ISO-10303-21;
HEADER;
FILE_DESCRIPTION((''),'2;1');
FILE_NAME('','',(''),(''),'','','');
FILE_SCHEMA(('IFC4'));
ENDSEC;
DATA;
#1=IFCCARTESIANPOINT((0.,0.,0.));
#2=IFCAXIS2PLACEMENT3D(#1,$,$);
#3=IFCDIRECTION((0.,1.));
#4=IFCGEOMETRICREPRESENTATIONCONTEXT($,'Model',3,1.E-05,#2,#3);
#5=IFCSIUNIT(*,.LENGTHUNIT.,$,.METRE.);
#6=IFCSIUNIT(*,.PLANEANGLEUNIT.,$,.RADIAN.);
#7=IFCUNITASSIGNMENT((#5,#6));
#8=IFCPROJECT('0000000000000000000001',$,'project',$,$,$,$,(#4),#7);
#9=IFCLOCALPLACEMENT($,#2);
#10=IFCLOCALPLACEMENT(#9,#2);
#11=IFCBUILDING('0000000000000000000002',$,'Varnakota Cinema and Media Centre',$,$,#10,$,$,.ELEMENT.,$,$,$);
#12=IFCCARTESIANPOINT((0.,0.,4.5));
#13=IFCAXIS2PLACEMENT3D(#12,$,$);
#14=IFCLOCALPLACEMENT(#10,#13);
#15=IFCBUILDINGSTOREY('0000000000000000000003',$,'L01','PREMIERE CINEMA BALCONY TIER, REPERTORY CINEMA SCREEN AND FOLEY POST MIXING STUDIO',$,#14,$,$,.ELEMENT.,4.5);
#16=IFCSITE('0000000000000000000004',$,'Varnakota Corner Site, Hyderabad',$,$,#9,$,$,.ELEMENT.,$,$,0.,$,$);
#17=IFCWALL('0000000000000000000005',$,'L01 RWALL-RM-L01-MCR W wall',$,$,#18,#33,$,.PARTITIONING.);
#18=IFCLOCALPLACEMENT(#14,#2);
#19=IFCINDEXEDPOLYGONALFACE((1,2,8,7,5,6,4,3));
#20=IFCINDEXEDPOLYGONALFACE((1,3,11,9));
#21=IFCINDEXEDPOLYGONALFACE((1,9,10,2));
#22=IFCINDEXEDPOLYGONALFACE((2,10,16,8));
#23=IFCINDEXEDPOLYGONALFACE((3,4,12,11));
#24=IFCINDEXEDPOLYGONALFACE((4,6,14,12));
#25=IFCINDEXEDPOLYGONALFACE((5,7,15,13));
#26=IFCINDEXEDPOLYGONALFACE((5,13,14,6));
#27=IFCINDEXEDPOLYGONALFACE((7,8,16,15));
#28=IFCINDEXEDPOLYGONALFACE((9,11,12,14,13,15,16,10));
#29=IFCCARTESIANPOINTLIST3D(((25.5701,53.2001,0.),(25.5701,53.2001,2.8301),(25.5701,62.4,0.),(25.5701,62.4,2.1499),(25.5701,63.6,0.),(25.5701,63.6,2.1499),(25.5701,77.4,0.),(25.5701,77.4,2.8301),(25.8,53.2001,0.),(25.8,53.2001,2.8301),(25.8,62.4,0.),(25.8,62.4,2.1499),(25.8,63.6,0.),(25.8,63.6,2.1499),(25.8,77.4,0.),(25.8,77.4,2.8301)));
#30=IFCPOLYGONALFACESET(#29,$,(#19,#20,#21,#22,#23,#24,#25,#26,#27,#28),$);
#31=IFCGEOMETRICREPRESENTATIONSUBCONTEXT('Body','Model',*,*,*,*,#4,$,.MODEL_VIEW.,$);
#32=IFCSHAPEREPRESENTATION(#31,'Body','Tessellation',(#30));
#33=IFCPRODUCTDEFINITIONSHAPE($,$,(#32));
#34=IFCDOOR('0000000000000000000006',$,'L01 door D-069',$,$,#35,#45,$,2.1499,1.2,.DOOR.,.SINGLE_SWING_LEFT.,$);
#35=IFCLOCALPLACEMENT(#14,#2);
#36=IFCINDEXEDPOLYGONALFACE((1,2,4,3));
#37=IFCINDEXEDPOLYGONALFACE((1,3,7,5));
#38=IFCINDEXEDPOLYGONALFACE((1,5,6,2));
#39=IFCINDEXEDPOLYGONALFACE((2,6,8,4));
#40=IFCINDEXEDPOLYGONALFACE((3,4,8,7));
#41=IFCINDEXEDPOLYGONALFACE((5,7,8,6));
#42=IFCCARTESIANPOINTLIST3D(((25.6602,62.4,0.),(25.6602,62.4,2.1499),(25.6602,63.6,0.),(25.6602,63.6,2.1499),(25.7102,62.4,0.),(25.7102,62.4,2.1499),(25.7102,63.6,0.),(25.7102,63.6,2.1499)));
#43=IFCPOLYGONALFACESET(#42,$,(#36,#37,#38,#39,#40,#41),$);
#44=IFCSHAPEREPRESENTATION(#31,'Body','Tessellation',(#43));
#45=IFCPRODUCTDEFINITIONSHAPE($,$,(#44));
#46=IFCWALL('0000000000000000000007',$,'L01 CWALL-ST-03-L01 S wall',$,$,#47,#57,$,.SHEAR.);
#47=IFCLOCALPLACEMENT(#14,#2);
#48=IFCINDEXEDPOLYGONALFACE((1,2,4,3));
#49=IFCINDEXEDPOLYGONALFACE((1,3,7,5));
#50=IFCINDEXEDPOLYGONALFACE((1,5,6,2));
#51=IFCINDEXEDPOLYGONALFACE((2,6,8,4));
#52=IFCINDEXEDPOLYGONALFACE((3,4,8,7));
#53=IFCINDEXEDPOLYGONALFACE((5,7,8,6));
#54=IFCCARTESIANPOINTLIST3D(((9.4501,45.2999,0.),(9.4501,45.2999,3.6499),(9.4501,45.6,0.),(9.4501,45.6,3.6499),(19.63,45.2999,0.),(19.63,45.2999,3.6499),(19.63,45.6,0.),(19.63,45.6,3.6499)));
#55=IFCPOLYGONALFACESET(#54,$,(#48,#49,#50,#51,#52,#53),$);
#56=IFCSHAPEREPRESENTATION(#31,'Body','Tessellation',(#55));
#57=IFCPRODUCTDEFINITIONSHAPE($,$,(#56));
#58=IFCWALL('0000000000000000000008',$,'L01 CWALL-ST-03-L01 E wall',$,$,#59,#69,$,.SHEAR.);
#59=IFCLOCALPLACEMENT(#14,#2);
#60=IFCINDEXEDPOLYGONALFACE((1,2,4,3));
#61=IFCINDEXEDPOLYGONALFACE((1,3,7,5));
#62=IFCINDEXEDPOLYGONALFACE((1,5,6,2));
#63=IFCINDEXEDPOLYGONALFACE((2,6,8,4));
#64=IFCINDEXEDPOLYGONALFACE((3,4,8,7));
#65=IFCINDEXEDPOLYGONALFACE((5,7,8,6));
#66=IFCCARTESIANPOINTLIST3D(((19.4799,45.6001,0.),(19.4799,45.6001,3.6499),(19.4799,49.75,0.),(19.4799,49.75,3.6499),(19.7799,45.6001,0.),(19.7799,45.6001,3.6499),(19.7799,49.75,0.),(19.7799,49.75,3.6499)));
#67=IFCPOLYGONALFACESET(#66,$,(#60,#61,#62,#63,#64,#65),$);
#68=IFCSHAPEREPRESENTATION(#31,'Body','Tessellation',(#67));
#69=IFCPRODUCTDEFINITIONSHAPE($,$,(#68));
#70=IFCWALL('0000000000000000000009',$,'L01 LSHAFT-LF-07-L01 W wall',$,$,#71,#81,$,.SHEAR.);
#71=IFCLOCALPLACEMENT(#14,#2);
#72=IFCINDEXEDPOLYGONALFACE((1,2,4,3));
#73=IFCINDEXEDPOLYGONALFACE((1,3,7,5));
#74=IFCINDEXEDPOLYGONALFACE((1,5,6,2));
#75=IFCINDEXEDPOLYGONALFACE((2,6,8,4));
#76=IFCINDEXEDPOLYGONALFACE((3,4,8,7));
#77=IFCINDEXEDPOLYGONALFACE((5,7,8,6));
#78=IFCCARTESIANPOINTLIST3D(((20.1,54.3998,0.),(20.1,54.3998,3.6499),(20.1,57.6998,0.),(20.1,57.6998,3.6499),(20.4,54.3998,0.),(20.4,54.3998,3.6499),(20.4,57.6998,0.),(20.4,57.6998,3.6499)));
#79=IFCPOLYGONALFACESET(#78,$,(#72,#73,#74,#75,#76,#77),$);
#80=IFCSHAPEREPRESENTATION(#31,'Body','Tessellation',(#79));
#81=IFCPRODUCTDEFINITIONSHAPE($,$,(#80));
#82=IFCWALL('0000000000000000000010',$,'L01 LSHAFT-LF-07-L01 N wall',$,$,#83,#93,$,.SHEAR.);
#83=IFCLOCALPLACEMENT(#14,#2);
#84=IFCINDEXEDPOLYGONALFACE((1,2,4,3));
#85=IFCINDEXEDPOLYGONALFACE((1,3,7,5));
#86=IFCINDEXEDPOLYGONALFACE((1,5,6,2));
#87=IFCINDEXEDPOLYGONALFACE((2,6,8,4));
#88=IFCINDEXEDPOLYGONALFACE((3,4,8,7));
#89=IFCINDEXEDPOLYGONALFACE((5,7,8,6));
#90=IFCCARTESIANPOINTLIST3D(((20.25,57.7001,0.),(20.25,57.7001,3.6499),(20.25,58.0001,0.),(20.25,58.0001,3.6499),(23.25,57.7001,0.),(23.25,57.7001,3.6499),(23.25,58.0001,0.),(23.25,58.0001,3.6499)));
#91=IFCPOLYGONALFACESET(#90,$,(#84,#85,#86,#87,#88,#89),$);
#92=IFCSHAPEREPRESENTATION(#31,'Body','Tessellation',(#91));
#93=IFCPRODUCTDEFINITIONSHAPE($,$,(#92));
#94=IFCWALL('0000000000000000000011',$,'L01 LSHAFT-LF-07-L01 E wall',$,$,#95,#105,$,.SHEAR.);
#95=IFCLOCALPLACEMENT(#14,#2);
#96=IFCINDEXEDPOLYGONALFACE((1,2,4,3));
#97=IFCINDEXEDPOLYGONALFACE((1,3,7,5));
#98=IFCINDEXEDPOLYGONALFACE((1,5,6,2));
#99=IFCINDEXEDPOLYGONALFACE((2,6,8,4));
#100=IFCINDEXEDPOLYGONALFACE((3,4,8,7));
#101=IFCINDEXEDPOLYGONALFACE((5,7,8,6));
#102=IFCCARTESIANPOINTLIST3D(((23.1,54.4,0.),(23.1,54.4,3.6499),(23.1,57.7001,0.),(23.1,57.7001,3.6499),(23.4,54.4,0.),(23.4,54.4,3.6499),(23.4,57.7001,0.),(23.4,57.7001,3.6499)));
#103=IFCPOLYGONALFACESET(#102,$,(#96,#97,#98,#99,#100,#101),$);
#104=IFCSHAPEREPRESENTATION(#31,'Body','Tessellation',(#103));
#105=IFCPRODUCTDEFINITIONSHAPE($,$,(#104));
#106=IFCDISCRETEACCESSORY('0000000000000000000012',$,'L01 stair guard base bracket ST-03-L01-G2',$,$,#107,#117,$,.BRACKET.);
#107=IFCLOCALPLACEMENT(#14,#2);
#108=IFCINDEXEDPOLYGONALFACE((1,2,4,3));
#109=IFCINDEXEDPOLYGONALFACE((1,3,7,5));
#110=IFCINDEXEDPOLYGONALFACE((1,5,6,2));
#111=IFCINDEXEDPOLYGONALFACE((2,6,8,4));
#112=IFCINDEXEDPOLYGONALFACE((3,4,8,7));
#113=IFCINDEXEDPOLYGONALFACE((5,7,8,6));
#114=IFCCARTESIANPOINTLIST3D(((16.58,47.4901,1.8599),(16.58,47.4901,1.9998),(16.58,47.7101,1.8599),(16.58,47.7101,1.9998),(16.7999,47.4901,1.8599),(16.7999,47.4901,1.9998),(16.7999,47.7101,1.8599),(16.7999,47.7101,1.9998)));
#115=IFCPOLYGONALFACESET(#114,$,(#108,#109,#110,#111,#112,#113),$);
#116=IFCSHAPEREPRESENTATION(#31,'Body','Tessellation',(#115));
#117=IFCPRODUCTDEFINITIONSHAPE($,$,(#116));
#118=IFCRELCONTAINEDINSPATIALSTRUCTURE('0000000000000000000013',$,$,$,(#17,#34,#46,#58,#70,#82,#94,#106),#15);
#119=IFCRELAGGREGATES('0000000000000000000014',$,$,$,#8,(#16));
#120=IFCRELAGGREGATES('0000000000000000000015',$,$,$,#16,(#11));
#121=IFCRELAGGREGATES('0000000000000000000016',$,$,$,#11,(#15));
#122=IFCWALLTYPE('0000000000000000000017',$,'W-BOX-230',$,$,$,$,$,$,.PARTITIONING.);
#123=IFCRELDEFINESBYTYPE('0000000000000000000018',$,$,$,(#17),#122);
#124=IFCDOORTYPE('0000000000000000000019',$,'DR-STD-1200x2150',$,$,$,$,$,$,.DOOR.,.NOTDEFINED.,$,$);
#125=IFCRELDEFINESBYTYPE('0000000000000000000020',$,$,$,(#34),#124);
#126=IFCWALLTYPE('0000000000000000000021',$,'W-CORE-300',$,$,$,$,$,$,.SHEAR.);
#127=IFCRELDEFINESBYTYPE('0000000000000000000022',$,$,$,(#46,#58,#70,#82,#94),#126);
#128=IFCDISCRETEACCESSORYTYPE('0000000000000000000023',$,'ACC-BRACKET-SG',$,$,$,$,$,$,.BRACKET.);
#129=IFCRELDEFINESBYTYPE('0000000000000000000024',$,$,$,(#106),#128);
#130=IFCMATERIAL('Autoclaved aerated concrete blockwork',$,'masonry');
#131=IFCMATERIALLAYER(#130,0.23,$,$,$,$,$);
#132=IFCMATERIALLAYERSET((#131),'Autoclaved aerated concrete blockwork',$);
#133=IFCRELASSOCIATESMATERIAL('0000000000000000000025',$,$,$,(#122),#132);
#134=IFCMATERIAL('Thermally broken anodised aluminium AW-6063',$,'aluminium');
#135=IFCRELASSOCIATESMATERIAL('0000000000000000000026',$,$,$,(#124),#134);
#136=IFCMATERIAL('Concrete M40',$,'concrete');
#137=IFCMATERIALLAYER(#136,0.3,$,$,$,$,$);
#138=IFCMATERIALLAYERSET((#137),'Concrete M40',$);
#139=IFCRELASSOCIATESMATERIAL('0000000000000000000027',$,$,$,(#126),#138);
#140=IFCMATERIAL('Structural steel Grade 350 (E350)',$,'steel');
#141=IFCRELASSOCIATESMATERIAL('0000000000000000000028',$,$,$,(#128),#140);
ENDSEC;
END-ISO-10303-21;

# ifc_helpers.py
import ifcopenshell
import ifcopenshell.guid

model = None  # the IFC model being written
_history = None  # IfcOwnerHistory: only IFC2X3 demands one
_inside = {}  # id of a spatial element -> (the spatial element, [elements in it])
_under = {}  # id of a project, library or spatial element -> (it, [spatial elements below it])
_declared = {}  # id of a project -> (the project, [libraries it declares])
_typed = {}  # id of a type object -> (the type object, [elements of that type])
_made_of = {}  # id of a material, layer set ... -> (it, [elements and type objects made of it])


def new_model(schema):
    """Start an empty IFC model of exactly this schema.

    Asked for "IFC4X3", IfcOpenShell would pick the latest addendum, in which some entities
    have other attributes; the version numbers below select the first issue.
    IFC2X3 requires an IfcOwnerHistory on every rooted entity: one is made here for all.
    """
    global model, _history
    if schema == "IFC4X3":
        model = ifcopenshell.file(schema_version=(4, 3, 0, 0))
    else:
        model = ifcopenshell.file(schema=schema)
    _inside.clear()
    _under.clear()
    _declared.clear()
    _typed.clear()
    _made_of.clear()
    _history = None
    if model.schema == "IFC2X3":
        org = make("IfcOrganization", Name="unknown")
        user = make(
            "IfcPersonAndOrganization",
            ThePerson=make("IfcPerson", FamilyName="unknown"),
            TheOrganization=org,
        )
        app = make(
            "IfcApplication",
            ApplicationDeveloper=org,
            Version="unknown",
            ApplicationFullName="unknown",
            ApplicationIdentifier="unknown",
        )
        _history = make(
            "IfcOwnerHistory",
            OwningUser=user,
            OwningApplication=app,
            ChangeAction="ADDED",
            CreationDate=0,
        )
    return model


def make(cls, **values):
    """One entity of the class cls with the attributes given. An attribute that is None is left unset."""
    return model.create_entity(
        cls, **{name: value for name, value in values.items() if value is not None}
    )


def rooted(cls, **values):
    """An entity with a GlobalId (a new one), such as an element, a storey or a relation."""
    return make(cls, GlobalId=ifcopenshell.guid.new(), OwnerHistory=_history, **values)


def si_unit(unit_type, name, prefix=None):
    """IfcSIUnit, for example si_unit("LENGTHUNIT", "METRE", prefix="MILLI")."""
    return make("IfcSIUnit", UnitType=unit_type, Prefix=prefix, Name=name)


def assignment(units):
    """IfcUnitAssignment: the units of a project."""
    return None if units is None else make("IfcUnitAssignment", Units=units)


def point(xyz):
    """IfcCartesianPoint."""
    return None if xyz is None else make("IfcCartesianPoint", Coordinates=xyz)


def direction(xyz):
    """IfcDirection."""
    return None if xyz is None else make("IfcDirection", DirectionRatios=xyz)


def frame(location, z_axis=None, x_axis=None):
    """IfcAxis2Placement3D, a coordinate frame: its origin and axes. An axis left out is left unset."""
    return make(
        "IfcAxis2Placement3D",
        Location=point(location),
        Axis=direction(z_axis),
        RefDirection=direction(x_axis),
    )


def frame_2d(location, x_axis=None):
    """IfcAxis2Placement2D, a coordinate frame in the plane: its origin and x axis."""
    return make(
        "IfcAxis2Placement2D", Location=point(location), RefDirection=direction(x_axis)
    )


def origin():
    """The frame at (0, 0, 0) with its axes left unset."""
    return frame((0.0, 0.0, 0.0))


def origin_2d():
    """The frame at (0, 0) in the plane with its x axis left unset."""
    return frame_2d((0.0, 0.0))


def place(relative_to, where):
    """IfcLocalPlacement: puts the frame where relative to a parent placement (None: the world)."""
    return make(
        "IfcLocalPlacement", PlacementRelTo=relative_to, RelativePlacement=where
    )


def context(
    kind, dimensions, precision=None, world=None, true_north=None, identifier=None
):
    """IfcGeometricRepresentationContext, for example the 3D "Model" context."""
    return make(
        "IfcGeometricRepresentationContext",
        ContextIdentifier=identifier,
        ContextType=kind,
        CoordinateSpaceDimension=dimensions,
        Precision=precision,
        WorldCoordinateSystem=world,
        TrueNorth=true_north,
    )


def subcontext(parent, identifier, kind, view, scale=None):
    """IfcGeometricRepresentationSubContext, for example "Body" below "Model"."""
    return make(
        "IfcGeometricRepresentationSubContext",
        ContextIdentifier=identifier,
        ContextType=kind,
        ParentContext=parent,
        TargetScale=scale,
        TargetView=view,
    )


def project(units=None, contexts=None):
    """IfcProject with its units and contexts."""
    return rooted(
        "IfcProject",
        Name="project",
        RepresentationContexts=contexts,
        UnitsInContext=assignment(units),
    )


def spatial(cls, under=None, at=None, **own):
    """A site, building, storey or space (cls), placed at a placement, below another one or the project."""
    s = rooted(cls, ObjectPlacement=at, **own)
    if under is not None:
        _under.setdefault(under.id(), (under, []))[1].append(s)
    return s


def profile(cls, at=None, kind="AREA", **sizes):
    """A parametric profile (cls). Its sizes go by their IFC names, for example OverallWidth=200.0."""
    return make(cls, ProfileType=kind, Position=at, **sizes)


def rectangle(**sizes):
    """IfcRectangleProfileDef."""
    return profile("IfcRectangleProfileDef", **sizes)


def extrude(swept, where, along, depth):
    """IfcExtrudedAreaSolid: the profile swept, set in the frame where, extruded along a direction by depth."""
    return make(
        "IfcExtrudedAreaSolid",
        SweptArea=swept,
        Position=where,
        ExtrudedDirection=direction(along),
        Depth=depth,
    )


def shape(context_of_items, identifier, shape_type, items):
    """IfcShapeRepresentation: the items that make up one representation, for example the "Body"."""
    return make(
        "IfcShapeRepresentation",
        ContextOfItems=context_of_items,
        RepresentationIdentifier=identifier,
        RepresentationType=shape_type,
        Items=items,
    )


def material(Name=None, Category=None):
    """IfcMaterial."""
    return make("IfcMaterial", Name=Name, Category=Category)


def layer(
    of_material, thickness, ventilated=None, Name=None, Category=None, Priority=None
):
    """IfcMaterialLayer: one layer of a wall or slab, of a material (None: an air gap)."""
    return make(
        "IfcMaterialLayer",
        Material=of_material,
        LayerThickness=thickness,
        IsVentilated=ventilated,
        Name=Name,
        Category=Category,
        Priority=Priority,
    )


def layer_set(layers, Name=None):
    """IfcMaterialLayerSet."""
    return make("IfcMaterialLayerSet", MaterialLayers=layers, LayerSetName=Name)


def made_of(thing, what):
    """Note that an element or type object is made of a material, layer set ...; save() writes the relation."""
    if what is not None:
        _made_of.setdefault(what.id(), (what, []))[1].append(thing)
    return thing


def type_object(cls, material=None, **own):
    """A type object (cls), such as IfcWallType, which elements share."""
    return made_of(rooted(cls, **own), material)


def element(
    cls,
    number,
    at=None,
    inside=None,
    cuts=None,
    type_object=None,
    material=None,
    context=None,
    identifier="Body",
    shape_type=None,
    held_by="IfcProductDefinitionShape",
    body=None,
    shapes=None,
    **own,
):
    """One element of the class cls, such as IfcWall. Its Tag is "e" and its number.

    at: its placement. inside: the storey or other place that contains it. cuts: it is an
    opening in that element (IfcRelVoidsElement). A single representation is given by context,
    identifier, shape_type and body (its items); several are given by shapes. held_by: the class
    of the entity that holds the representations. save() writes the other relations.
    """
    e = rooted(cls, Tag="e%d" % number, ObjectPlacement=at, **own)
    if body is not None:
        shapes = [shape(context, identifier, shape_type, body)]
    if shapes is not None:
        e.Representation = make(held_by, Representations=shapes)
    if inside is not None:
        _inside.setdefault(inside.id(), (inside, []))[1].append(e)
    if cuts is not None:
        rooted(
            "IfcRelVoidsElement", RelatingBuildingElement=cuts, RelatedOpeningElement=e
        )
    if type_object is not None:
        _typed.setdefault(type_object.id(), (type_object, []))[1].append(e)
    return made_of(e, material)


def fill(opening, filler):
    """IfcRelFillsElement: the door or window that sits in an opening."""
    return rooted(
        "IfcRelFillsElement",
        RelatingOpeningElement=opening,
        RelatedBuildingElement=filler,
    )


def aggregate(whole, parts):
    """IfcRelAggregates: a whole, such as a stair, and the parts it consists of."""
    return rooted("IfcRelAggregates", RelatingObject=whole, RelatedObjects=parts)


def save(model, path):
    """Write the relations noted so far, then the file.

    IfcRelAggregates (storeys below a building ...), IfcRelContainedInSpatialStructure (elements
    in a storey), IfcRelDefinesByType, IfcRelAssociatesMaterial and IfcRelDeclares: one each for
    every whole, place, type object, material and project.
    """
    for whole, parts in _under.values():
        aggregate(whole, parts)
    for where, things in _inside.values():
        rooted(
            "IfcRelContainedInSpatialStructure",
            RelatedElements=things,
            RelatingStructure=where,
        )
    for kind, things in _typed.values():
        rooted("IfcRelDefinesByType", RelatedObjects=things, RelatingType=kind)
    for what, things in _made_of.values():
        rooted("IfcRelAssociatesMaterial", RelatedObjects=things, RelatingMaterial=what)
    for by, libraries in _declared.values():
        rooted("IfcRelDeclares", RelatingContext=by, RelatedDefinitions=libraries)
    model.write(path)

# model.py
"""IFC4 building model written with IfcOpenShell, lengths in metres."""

from ifc_helpers import new_model, si_unit, direction, frame, frame_2d, origin, origin_2d, place, context, subcontext, project, spatial, rectangle, extrude, material, layer, layer_set, type_object, element, fill, save


model = new_model("IFC4")

# Units and contexts
model_context = context("Model", 3, precision=1e-05, world=origin(), true_north=direction((0.0, 1.0)))
body_context = subcontext(model_context, "Body", "Model", "MODEL_VIEW")
ifc_project = project(units=[si_unit("LENGTHUNIT", "METRE"), si_unit("PLANEANGLEUNIT", "RADIAN")], contexts=[model_context])

# Site, building, storey
site_placement = place(None, origin())
site = spatial("IfcSite", under=ifc_project, at=site_placement, Name="Varnakota Corner Site, Hyderabad", CompositionType="ELEMENT", RefElevation=0.0)
building_placement = place(site_placement, origin())
building = spatial("IfcBuilding", under=site, at=building_placement, Name="Varnakota Cinema and Media Centre", CompositionType="ELEMENT")
storey_placement = place(building_placement, frame((0.0, 0.0, 4.5)))
storey = spatial("IfcBuildingStorey", under=building, at=storey_placement, Name="L01", Description="PREMIERE CINEMA BALCONY TIER, REPERTORY CINEMA SCREEN AND FOLEY POST MIXING STUDIO", CompositionType="ELEMENT", Elevation=4.5)

# Wall, opening, door
ifc_material_1 = material(Name="Autoclaved aerated concrete blockwork", Category="masonry")
ifc_layer_1 = layer(ifc_material_1, 0.23)
ifc_layer_set_1 = layer_set([ifc_layer_1], Name="Autoclaved aerated concrete blockwork")
wall_type_1 = type_object("IfcWallType", Name="W-BOX-230", PredefinedType="PARTITIONING", material=ifc_layer_set_1)
wall_1_placement = place(storey_placement, frame((25.6851, 53.2, 0.0), z_axis=(0.0, 0.0, 1.0), x_axis=(0.0, 1.0, 0.0)))
wall_1 = element("IfcWall", 1, at=wall_1_placement, inside=storey, type_object=wall_type_1, Name="L01 RWALL-RM-L01-MCR W wall", PredefinedType="PARTITIONING", context=body_context, shape_type="SweptSolid", body=[
    extrude(rectangle(XDim=24.2, YDim=0.23, at=frame_2d((12.1001, 0.0))), origin(), (0.0, 0.0, 1.0), 2.8301),
])
opening_1_placement = place(wall_1_placement, frame((9.2, 0.0, 0.0)))
opening_1 = element("IfcOpeningElement", 2, at=opening_1_placement, cuts=wall_1, PredefinedType="OPENING", context=body_context, shape_type="SweptSolid", body=[
    extrude(rectangle(XDim=1.2, YDim=2.1499, at=frame_2d((0.6001, 1.075))), frame((0.0, 0.115, 0.0), z_axis=(0.0, -1.0, 0.0), x_axis=(1.0, 0.0, 0.0)), (0.0, 0.0, 1.0), 0.23),
])
ifc_material_2 = material(Name="Thermally broken anodised aluminium AW-6063", Category="aluminium")
door_type_1 = type_object("IfcDoorType", Name="DR-STD-1200x2150", OperationType="NOTDEFINED", PredefinedType="DOOR", material=ifc_material_2)
door_1_placement = place(opening_1_placement, origin())
door_1 = element("IfcDoor", 3, at=door_1_placement, inside=storey, type_object=door_type_1, Name="L01 door D-069", OperationType="SINGLE_SWING_LEFT", OverallHeight=2.1499, OverallWidth=1.2, PredefinedType="DOOR", context=body_context, shape_type="SweptSolid", body=[
    extrude(rectangle(XDim=1.2, YDim=2.1499, at=frame_2d((0.6001, 1.075))), frame((0.0, 0.0249, 0.0), z_axis=(0.0, -1.0, 0.0), x_axis=(1.0, 0.0, 0.0)), (0.0, 0.0, 1.0), 0.05),
])
fill(opening_1, door_1)

# Walls
ifc_material_3 = material(Name="Concrete M40", Category="concrete")
ifc_layer_2 = layer(ifc_material_3, 0.3)
ifc_layer_set_2 = layer_set([ifc_layer_2], Name="Concrete M40")
wall_type_2 = type_object("IfcWallType", Name="W-CORE-300", PredefinedType="SHEAR", material=ifc_layer_set_2)
wall_2_placement = place(storey_placement, frame((19.6299, 45.45, 0.0), z_axis=(0.0, 0.0, 1.0), x_axis=(-1.0, 0.0, 0.0)))
element("IfcWall", 4, at=wall_2_placement, inside=storey, type_object=wall_type_2, Name="L01 CWALL-ST-03-L01 S wall", PredefinedType="SHEAR", context=body_context, shape_type="SweptSolid", body=[
    extrude(rectangle(XDim=10.1799, YDim=0.3, at=frame_2d((5.0898, 0.0))), origin(), (0.0, 0.0, 1.0), 3.6499),
])
wall_3_placement = place(storey_placement, frame((19.6299, 49.75, 0.0), z_axis=(0.0, 0.0, 1.0), x_axis=(0.0, -1.0, 0.0)))
element("IfcWall", 5, at=wall_3_placement, inside=storey, type_object=wall_type_2, Name="L01 CWALL-ST-03-L01 E wall", PredefinedType="SHEAR", context=body_context, shape_type="SweptSolid", body=[
    extrude(rectangle(XDim=4.1499, YDim=0.3, at=frame_2d((2.075, 0.0))), origin(), (0.0, 0.0, 1.0), 3.6499),
])

# Walls
wall_4_placement = place(storey_placement, frame((20.25, 54.3999, 0.0), z_axis=(0.0, 0.0, 1.0), x_axis=(0.0, 1.0, 0.0)))
element("IfcWall", 6, at=wall_4_placement, inside=storey, type_object=wall_type_2, Name="L01 LSHAFT-LF-07-L01 W wall", PredefinedType="SHEAR", context=body_context, shape_type="SweptSolid", body=[
    extrude(rectangle(XDim=3.3, YDim=0.3, at=frame_2d((1.6499, 0.0))), origin(), (0.0, 0.0, 1.0), 3.6499),
])
wall_5_placement = place(storey_placement, frame((20.25, 57.8501, 0.0), z_axis=(0.0, 0.0, 1.0), x_axis=(1.0, 0.0, 0.0)))
element("IfcWall", 7, at=wall_5_placement, inside=storey, type_object=wall_type_2, Name="L01 LSHAFT-LF-07-L01 N wall", PredefinedType="SHEAR", context=body_context, shape_type="SweptSolid", body=[
    extrude(rectangle(XDim=3.0, YDim=0.3, at=frame_2d((1.5, 0.0))), origin(), (0.0, 0.0, 1.0), 3.6499),
])
wall_6_placement = place(storey_placement, frame((23.25, 57.7, 0.0), z_axis=(0.0, 0.0, 1.0), x_axis=(0.0, -1.0, 0.0)))
element("IfcWall", 8, at=wall_6_placement, inside=storey, type_object=wall_type_2, Name="L01 LSHAFT-LF-07-L01 E wall", PredefinedType="SHEAR", context=body_context, shape_type="SweptSolid", body=[
    extrude(rectangle(XDim=3.3, YDim=0.3, at=frame_2d((1.6499, 0.0))), origin(), (0.0, 0.0, 1.0), 3.6499),
])

# Discrete accessory
ifc_material_4 = material(Name="Structural steel Grade 350 (E350)", Category="steel")
discrete_accessory_type = type_object("IfcDiscreteAccessoryType", Name="ACC-BRACKET-SG", PredefinedType="BRACKET", material=ifc_material_4)
discrete_accessory_placement = place(storey_placement, frame((16.6899, 47.6001, 1.8599), z_axis=(0.0, 0.0, 1.0), x_axis=(1.0, 0.0, 0.0)))
element("IfcDiscreteAccessory", 9, at=discrete_accessory_placement, inside=storey, type_object=discrete_accessory_type, Name="L01 stair guard base bracket ST-03-L01-G2", PredefinedType="BRACKET", context=body_context, shape_type="SweptSolid", body=[
    extrude(rectangle(XDim=0.22, YDim=0.22, at=origin_2d()), origin(), (0.0, 0.0, 1.0), 0.1399),
])

save(model, "model.ifc")
